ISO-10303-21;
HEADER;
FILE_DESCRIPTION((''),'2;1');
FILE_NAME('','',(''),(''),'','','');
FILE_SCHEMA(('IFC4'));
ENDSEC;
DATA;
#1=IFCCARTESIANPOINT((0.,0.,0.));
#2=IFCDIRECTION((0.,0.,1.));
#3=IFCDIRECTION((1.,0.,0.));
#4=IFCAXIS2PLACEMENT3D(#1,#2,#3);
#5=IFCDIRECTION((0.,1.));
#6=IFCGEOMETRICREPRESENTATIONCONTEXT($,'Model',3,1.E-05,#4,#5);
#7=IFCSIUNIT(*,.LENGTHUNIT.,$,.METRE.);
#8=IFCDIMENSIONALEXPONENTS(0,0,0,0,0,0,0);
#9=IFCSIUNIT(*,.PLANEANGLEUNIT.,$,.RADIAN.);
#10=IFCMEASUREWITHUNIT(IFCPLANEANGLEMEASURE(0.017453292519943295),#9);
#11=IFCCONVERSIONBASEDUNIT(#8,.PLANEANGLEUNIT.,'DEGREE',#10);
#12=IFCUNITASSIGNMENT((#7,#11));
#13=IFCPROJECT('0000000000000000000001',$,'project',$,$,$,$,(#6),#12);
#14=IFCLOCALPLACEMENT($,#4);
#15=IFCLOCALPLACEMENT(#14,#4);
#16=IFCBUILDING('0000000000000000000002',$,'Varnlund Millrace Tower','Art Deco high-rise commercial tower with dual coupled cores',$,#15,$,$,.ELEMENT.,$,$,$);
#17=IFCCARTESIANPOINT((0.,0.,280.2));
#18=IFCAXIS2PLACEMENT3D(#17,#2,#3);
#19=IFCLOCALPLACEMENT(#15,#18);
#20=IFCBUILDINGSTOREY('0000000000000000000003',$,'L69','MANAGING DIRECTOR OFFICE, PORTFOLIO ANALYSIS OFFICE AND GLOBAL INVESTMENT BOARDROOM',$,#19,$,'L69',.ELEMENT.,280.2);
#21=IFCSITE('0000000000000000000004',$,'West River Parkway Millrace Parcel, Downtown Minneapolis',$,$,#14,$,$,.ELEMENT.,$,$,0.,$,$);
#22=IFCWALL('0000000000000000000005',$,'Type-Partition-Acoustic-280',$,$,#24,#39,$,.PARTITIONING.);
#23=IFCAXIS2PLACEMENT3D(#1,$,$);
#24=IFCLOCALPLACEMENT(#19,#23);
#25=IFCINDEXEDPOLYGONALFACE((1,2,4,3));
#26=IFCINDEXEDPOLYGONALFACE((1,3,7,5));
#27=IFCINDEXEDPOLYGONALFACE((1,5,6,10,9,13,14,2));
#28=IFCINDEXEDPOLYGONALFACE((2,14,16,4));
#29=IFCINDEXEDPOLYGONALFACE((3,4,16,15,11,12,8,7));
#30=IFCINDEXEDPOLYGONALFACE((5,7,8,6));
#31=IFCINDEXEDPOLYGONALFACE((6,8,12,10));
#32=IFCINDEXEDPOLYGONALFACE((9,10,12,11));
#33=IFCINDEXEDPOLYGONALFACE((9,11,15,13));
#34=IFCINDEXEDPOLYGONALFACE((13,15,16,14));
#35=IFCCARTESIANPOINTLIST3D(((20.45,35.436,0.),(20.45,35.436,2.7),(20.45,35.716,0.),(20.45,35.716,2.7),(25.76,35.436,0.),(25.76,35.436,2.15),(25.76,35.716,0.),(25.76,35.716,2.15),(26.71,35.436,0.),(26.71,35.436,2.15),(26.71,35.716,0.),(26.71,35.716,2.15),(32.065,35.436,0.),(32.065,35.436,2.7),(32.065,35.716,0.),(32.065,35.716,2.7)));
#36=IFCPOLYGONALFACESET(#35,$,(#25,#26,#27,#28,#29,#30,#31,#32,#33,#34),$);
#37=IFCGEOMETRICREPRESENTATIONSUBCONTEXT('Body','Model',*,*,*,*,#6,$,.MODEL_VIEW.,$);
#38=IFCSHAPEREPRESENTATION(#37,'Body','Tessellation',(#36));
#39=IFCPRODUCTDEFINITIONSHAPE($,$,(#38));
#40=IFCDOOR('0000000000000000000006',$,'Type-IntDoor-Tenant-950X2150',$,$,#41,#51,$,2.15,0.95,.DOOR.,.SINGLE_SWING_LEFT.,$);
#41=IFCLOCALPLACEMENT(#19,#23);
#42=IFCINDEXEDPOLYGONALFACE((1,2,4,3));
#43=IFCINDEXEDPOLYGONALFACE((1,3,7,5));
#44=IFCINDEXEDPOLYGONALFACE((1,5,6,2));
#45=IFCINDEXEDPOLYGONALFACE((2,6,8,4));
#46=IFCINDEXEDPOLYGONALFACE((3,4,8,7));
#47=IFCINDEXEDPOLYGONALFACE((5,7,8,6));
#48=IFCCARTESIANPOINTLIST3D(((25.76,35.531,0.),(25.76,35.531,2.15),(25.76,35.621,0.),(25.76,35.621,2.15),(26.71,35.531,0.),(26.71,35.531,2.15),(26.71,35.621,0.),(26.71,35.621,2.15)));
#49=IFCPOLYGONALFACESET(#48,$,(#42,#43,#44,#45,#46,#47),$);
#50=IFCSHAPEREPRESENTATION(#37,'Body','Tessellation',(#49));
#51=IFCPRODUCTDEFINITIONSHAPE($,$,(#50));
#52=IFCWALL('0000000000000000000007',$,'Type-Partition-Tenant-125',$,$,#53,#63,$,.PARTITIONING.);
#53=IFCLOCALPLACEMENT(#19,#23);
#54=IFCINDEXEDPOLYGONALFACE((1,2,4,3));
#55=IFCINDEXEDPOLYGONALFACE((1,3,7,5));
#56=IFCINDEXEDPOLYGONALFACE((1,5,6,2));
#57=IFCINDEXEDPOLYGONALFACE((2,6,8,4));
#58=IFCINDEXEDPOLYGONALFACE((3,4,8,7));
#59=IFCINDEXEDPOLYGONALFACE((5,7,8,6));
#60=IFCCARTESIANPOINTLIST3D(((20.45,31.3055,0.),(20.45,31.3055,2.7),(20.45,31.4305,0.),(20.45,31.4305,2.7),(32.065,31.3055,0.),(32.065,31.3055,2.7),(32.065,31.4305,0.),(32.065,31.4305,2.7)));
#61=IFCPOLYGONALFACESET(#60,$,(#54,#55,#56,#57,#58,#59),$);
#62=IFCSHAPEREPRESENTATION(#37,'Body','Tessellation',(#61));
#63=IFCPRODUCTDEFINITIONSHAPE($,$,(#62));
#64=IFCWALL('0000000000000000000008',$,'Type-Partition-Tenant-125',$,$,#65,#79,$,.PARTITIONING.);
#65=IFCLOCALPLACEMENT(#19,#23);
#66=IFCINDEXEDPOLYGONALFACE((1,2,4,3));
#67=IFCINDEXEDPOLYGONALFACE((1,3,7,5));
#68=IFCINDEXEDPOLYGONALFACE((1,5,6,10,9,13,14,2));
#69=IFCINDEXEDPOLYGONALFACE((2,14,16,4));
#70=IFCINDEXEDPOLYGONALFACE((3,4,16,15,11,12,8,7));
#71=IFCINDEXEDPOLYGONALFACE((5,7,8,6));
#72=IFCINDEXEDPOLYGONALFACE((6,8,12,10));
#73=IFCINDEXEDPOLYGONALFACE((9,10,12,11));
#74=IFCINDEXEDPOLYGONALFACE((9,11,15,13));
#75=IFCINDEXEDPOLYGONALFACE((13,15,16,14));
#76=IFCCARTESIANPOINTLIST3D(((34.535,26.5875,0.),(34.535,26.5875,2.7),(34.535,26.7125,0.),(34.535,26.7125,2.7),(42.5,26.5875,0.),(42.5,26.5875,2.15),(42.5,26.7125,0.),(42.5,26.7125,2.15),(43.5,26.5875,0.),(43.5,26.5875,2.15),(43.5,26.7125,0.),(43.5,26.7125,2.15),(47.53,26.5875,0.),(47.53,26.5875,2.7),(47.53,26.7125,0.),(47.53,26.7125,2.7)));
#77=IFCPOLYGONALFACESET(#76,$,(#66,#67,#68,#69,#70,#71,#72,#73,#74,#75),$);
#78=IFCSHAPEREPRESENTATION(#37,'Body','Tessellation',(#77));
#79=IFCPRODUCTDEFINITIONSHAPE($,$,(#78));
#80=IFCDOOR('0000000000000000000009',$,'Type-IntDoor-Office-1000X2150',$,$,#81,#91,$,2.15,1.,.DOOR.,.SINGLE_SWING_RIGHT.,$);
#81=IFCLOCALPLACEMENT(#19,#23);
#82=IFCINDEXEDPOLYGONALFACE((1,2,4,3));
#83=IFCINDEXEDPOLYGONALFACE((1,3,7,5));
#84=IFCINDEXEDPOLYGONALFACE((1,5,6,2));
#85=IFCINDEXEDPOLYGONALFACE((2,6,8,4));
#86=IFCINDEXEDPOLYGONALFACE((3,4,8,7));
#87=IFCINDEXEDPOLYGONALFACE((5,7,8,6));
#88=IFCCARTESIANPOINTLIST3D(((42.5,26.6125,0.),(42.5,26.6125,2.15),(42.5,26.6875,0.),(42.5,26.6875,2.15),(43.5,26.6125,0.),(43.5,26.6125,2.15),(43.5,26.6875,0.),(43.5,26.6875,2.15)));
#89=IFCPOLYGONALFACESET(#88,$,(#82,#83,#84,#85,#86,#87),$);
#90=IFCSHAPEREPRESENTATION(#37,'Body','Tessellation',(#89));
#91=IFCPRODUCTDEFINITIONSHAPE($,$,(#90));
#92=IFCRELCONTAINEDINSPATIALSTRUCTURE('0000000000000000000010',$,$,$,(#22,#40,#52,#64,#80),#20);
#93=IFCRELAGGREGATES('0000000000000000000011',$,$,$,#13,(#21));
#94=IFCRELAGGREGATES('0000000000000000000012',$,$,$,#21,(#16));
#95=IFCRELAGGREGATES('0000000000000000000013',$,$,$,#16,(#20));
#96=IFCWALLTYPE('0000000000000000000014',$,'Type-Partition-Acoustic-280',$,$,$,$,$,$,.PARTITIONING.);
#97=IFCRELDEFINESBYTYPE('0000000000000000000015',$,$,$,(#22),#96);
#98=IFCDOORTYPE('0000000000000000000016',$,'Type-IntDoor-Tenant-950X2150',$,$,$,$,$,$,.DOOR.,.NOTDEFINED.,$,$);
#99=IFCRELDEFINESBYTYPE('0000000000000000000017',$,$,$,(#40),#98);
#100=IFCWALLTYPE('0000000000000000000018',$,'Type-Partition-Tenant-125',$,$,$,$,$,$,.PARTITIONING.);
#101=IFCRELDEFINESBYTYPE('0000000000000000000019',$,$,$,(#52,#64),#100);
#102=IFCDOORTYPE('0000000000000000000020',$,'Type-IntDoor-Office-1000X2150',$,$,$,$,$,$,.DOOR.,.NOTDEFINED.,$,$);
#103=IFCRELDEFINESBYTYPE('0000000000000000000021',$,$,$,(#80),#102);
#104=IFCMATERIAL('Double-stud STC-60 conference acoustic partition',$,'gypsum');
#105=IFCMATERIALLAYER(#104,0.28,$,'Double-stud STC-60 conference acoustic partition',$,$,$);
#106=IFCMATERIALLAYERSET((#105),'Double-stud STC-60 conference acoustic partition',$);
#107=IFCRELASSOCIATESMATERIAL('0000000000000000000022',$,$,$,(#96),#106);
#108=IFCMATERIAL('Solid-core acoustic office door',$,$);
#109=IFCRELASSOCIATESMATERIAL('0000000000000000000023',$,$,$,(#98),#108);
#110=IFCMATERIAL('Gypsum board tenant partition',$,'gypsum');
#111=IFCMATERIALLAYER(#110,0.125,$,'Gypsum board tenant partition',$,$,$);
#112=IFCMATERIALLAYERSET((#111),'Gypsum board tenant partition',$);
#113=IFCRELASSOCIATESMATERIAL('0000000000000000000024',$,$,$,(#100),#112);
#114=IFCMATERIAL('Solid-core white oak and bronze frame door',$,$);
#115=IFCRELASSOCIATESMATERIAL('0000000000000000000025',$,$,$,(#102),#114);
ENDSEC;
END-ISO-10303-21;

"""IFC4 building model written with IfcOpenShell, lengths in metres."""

from ifc_helpers import new_model, entity, si_unit, converted_unit, direction, frame, origin_with_axes, origin_2d_with_axis, place, context, subcontext, project, spatial, polyline, rectangle, outline, extrude, material, layer, layer_set, type_object, element, fill, save


model = new_model("IFC4")

# Units and contexts
model_context = context("Model", 3, precision=1e-05, world=origin_with_axes(), true_north=direction((0.0, 1.0)))
body_context = subcontext(model_context, "Body", "Model", "MODEL_VIEW")
ifc_project = project(units=[si_unit("LENGTHUNIT", "METRE"), converted_unit("PLANEANGLEUNIT", "DEGREE", entity("IfcPlaneAngleMeasure", 0.017453292519943295), si_unit("PLANEANGLEUNIT", "RADIAN"), dimensions=[0, 0, 0, 0, 0, 0, 0])], contexts=[model_context])

# Site, building, storey
site_placement = place(None, origin_with_axes())
site = spatial("IfcSite", under=ifc_project, at=site_placement, Name="West River Parkway Millrace Parcel, Downtown Minneapolis", CompositionType="ELEMENT", RefElevation=0.0)
building_placement = place(site_placement, origin_with_axes())
building = spatial("IfcBuilding", under=site, at=building_placement, Name="Varnlund Millrace Tower", Description="Art Deco high-rise commercial tower with dual coupled cores", CompositionType="ELEMENT")
storey_placement = place(building_placement, frame((0.0, 0.0, 280.2), z_axis=(0.0, 0.0, 1.0), x_axis=(1.0, 0.0, 0.0)))
storey = spatial("IfcBuildingStorey", under=building, at=storey_placement, Name="L69", Description="MANAGING DIRECTOR OFFICE, PORTFOLIO ANALYSIS OFFICE AND GLOBAL INVESTMENT BOARDROOM", LongName="L69", CompositionType="ELEMENT", Elevation=280.2)

# Wall, opening, door
ifc_material_1 = material(Name="Double-stud STC-60 conference acoustic partition", Category="gypsum")
ifc_layer_1 = layer(ifc_material_1, 0.28, Name="Double-stud STC-60 conference acoustic partition")
ifc_layer_set_1 = layer_set([ifc_layer_1], Name="Double-stud STC-60 conference acoustic partition")
wall_type_1 = type_object("IfcWallType", Name="Type-Partition-Acoustic-280", PredefinedType="PARTITIONING", material=ifc_layer_set_1)
wall_1_placement = place(storey_placement, frame((20.45, 35.576, 0.0), z_axis=(0.0, 0.0, 1.0), x_axis=(1.0, 0.0, 0.0)))
wall_1 = element("IfcWall", 1, at=wall_1_placement, inside=storey, type_object=wall_type_1, Name="Type-Partition-Acoustic-280", PredefinedType="PARTITIONING", context=body_context, shape_type="SweptSolid", body=[
    extrude(outline(polyline([(0.0, -0.14), (11.615, -0.14), (11.615, 0.14), (0.0, 0.14), (0.0, -0.14)])), origin_with_axes(), (0.0, 0.0, 1.0), 2.7),
])
opening_1_placement = place(wall_1_placement, frame((5.785, 0.0, 0.0), z_axis=(0.0, 0.0, 1.0), x_axis=(1.0, 0.0, 0.0)))
opening_1 = element("IfcOpeningElement", 2, at=opening_1_placement, cuts=wall_1, PredefinedType="OPENING", context=body_context, shape_type="SweptSolid", body=[
    extrude(rectangle(XDim=0.95, YDim=0.3, at=origin_2d_with_axis()), origin_with_axes(), (0.0, 0.0, 1.0), 2.15),
])
ifc_material_2 = material(Name="Solid-core acoustic office door")
door_type_1 = type_object("IfcDoorType", Name="Type-IntDoor-Tenant-950X2150", OperationType="NOTDEFINED", PredefinedType="DOOR", material=ifc_material_2)
door_1_placement = place(wall_1_placement, frame((5.785, 0.0, 0.0), z_axis=(0.0, 0.0, 1.0), x_axis=(1.0, 0.0, 0.0)))
door_1 = element("IfcDoor", 3, at=door_1_placement, inside=storey, type_object=door_type_1, Name="Type-IntDoor-Tenant-950X2150", OperationType="SINGLE_SWING_LEFT", OverallHeight=2.15, OverallWidth=0.95, PredefinedType="DOOR", context=body_context, shape_type="SweptSolid", body=[
    extrude(rectangle(XDim=0.95, YDim=0.09, at=origin_2d_with_axis()), origin_with_axes(), (0.0, 0.0, 1.0), 2.15),
])
fill(opening_1, door_1)

# Wall
ifc_material_3 = material(Name="Gypsum board tenant partition", Category="gypsum")
ifc_layer_2 = layer(ifc_material_3, 0.125, Name="Gypsum board tenant partition")
ifc_layer_set_2 = layer_set([ifc_layer_2], Name="Gypsum board tenant partition")
wall_type_2 = type_object("IfcWallType", Name="Type-Partition-Tenant-125", PredefinedType="PARTITIONING", material=ifc_layer_set_2)
wall_2_placement = place(storey_placement, frame((20.45, 31.368, 0.0), z_axis=(0.0, 0.0, 1.0), x_axis=(1.0, 0.0, 0.0)))
element("IfcWall", 4, at=wall_2_placement, inside=storey, type_object=wall_type_2, Name="Type-Partition-Tenant-125", PredefinedType="PARTITIONING", context=body_context, shape_type="SweptSolid", body=[
    extrude(outline(polyline([(0.0, -0.0625), (11.615, -0.0625), (11.615, 0.0625), (0.0, 0.0625), (0.0, -0.0625)])), origin_with_axes(), (0.0, 0.0, 1.0), 2.7),
])

# Wall, opening, door
wall_3_placement = place(storey_placement, frame((34.535, 26.65, 0.0), z_axis=(0.0, 0.0, 1.0), x_axis=(1.0, 0.0, 0.0)))
wall_3 = element("IfcWall", 5, at=wall_3_placement, inside=storey, type_object=wall_type_2, Name="Type-Partition-Tenant-125", PredefinedType="PARTITIONING", context=body_context, shape_type="SweptSolid", body=[
    extrude(outline(polyline([(0.0, -0.0625), (12.995, -0.0625), (12.995, 0.0625), (0.0, 0.0625), (0.0, -0.0625)])), origin_with_axes(), (0.0, 0.0, 1.0), 2.7),
])
opening_2_placement = place(wall_3_placement, frame((8.465, 0.0, 0.0), z_axis=(0.0, 0.0, 1.0), x_axis=(1.0, 0.0, 0.0)))
opening_2 = element("IfcOpeningElement", 6, at=opening_2_placement, cuts=wall_3, PredefinedType="OPENING", context=body_context, shape_type="SweptSolid", body=[
    extrude(rectangle(XDim=1.0, YDim=0.145, at=origin_2d_with_axis()), origin_with_axes(), (0.0, 0.0, 1.0), 2.15),
])
ifc_material_4 = material(Name="Solid-core white oak and bronze frame door")
door_type_2 = type_object("IfcDoorType", Name="Type-IntDoor-Office-1000X2150", OperationType="NOTDEFINED", PredefinedType="DOOR", material=ifc_material_4)
door_2_placement = place(wall_3_placement, frame((8.465, 0.0, 0.0), z_axis=(0.0, 0.0, 1.0), x_axis=(1.0, 0.0, 0.0)))
door_2 = element("IfcDoor", 7, at=door_2_placement, inside=storey, type_object=door_type_2, Name="Type-IntDoor-Office-1000X2150", OperationType="SINGLE_SWING_RIGHT", OverallHeight=2.15, OverallWidth=1.0, PredefinedType="DOOR", context=body_context, shape_type="SweptSolid", body=[
    extrude(rectangle(XDim=1.0, YDim=0.075, at=origin_2d_with_axis()), origin_with_axes(), (0.0, 0.0, 1.0), 2.15),
])
fill(opening_2, door_2)

save(model, "model.ifc")
